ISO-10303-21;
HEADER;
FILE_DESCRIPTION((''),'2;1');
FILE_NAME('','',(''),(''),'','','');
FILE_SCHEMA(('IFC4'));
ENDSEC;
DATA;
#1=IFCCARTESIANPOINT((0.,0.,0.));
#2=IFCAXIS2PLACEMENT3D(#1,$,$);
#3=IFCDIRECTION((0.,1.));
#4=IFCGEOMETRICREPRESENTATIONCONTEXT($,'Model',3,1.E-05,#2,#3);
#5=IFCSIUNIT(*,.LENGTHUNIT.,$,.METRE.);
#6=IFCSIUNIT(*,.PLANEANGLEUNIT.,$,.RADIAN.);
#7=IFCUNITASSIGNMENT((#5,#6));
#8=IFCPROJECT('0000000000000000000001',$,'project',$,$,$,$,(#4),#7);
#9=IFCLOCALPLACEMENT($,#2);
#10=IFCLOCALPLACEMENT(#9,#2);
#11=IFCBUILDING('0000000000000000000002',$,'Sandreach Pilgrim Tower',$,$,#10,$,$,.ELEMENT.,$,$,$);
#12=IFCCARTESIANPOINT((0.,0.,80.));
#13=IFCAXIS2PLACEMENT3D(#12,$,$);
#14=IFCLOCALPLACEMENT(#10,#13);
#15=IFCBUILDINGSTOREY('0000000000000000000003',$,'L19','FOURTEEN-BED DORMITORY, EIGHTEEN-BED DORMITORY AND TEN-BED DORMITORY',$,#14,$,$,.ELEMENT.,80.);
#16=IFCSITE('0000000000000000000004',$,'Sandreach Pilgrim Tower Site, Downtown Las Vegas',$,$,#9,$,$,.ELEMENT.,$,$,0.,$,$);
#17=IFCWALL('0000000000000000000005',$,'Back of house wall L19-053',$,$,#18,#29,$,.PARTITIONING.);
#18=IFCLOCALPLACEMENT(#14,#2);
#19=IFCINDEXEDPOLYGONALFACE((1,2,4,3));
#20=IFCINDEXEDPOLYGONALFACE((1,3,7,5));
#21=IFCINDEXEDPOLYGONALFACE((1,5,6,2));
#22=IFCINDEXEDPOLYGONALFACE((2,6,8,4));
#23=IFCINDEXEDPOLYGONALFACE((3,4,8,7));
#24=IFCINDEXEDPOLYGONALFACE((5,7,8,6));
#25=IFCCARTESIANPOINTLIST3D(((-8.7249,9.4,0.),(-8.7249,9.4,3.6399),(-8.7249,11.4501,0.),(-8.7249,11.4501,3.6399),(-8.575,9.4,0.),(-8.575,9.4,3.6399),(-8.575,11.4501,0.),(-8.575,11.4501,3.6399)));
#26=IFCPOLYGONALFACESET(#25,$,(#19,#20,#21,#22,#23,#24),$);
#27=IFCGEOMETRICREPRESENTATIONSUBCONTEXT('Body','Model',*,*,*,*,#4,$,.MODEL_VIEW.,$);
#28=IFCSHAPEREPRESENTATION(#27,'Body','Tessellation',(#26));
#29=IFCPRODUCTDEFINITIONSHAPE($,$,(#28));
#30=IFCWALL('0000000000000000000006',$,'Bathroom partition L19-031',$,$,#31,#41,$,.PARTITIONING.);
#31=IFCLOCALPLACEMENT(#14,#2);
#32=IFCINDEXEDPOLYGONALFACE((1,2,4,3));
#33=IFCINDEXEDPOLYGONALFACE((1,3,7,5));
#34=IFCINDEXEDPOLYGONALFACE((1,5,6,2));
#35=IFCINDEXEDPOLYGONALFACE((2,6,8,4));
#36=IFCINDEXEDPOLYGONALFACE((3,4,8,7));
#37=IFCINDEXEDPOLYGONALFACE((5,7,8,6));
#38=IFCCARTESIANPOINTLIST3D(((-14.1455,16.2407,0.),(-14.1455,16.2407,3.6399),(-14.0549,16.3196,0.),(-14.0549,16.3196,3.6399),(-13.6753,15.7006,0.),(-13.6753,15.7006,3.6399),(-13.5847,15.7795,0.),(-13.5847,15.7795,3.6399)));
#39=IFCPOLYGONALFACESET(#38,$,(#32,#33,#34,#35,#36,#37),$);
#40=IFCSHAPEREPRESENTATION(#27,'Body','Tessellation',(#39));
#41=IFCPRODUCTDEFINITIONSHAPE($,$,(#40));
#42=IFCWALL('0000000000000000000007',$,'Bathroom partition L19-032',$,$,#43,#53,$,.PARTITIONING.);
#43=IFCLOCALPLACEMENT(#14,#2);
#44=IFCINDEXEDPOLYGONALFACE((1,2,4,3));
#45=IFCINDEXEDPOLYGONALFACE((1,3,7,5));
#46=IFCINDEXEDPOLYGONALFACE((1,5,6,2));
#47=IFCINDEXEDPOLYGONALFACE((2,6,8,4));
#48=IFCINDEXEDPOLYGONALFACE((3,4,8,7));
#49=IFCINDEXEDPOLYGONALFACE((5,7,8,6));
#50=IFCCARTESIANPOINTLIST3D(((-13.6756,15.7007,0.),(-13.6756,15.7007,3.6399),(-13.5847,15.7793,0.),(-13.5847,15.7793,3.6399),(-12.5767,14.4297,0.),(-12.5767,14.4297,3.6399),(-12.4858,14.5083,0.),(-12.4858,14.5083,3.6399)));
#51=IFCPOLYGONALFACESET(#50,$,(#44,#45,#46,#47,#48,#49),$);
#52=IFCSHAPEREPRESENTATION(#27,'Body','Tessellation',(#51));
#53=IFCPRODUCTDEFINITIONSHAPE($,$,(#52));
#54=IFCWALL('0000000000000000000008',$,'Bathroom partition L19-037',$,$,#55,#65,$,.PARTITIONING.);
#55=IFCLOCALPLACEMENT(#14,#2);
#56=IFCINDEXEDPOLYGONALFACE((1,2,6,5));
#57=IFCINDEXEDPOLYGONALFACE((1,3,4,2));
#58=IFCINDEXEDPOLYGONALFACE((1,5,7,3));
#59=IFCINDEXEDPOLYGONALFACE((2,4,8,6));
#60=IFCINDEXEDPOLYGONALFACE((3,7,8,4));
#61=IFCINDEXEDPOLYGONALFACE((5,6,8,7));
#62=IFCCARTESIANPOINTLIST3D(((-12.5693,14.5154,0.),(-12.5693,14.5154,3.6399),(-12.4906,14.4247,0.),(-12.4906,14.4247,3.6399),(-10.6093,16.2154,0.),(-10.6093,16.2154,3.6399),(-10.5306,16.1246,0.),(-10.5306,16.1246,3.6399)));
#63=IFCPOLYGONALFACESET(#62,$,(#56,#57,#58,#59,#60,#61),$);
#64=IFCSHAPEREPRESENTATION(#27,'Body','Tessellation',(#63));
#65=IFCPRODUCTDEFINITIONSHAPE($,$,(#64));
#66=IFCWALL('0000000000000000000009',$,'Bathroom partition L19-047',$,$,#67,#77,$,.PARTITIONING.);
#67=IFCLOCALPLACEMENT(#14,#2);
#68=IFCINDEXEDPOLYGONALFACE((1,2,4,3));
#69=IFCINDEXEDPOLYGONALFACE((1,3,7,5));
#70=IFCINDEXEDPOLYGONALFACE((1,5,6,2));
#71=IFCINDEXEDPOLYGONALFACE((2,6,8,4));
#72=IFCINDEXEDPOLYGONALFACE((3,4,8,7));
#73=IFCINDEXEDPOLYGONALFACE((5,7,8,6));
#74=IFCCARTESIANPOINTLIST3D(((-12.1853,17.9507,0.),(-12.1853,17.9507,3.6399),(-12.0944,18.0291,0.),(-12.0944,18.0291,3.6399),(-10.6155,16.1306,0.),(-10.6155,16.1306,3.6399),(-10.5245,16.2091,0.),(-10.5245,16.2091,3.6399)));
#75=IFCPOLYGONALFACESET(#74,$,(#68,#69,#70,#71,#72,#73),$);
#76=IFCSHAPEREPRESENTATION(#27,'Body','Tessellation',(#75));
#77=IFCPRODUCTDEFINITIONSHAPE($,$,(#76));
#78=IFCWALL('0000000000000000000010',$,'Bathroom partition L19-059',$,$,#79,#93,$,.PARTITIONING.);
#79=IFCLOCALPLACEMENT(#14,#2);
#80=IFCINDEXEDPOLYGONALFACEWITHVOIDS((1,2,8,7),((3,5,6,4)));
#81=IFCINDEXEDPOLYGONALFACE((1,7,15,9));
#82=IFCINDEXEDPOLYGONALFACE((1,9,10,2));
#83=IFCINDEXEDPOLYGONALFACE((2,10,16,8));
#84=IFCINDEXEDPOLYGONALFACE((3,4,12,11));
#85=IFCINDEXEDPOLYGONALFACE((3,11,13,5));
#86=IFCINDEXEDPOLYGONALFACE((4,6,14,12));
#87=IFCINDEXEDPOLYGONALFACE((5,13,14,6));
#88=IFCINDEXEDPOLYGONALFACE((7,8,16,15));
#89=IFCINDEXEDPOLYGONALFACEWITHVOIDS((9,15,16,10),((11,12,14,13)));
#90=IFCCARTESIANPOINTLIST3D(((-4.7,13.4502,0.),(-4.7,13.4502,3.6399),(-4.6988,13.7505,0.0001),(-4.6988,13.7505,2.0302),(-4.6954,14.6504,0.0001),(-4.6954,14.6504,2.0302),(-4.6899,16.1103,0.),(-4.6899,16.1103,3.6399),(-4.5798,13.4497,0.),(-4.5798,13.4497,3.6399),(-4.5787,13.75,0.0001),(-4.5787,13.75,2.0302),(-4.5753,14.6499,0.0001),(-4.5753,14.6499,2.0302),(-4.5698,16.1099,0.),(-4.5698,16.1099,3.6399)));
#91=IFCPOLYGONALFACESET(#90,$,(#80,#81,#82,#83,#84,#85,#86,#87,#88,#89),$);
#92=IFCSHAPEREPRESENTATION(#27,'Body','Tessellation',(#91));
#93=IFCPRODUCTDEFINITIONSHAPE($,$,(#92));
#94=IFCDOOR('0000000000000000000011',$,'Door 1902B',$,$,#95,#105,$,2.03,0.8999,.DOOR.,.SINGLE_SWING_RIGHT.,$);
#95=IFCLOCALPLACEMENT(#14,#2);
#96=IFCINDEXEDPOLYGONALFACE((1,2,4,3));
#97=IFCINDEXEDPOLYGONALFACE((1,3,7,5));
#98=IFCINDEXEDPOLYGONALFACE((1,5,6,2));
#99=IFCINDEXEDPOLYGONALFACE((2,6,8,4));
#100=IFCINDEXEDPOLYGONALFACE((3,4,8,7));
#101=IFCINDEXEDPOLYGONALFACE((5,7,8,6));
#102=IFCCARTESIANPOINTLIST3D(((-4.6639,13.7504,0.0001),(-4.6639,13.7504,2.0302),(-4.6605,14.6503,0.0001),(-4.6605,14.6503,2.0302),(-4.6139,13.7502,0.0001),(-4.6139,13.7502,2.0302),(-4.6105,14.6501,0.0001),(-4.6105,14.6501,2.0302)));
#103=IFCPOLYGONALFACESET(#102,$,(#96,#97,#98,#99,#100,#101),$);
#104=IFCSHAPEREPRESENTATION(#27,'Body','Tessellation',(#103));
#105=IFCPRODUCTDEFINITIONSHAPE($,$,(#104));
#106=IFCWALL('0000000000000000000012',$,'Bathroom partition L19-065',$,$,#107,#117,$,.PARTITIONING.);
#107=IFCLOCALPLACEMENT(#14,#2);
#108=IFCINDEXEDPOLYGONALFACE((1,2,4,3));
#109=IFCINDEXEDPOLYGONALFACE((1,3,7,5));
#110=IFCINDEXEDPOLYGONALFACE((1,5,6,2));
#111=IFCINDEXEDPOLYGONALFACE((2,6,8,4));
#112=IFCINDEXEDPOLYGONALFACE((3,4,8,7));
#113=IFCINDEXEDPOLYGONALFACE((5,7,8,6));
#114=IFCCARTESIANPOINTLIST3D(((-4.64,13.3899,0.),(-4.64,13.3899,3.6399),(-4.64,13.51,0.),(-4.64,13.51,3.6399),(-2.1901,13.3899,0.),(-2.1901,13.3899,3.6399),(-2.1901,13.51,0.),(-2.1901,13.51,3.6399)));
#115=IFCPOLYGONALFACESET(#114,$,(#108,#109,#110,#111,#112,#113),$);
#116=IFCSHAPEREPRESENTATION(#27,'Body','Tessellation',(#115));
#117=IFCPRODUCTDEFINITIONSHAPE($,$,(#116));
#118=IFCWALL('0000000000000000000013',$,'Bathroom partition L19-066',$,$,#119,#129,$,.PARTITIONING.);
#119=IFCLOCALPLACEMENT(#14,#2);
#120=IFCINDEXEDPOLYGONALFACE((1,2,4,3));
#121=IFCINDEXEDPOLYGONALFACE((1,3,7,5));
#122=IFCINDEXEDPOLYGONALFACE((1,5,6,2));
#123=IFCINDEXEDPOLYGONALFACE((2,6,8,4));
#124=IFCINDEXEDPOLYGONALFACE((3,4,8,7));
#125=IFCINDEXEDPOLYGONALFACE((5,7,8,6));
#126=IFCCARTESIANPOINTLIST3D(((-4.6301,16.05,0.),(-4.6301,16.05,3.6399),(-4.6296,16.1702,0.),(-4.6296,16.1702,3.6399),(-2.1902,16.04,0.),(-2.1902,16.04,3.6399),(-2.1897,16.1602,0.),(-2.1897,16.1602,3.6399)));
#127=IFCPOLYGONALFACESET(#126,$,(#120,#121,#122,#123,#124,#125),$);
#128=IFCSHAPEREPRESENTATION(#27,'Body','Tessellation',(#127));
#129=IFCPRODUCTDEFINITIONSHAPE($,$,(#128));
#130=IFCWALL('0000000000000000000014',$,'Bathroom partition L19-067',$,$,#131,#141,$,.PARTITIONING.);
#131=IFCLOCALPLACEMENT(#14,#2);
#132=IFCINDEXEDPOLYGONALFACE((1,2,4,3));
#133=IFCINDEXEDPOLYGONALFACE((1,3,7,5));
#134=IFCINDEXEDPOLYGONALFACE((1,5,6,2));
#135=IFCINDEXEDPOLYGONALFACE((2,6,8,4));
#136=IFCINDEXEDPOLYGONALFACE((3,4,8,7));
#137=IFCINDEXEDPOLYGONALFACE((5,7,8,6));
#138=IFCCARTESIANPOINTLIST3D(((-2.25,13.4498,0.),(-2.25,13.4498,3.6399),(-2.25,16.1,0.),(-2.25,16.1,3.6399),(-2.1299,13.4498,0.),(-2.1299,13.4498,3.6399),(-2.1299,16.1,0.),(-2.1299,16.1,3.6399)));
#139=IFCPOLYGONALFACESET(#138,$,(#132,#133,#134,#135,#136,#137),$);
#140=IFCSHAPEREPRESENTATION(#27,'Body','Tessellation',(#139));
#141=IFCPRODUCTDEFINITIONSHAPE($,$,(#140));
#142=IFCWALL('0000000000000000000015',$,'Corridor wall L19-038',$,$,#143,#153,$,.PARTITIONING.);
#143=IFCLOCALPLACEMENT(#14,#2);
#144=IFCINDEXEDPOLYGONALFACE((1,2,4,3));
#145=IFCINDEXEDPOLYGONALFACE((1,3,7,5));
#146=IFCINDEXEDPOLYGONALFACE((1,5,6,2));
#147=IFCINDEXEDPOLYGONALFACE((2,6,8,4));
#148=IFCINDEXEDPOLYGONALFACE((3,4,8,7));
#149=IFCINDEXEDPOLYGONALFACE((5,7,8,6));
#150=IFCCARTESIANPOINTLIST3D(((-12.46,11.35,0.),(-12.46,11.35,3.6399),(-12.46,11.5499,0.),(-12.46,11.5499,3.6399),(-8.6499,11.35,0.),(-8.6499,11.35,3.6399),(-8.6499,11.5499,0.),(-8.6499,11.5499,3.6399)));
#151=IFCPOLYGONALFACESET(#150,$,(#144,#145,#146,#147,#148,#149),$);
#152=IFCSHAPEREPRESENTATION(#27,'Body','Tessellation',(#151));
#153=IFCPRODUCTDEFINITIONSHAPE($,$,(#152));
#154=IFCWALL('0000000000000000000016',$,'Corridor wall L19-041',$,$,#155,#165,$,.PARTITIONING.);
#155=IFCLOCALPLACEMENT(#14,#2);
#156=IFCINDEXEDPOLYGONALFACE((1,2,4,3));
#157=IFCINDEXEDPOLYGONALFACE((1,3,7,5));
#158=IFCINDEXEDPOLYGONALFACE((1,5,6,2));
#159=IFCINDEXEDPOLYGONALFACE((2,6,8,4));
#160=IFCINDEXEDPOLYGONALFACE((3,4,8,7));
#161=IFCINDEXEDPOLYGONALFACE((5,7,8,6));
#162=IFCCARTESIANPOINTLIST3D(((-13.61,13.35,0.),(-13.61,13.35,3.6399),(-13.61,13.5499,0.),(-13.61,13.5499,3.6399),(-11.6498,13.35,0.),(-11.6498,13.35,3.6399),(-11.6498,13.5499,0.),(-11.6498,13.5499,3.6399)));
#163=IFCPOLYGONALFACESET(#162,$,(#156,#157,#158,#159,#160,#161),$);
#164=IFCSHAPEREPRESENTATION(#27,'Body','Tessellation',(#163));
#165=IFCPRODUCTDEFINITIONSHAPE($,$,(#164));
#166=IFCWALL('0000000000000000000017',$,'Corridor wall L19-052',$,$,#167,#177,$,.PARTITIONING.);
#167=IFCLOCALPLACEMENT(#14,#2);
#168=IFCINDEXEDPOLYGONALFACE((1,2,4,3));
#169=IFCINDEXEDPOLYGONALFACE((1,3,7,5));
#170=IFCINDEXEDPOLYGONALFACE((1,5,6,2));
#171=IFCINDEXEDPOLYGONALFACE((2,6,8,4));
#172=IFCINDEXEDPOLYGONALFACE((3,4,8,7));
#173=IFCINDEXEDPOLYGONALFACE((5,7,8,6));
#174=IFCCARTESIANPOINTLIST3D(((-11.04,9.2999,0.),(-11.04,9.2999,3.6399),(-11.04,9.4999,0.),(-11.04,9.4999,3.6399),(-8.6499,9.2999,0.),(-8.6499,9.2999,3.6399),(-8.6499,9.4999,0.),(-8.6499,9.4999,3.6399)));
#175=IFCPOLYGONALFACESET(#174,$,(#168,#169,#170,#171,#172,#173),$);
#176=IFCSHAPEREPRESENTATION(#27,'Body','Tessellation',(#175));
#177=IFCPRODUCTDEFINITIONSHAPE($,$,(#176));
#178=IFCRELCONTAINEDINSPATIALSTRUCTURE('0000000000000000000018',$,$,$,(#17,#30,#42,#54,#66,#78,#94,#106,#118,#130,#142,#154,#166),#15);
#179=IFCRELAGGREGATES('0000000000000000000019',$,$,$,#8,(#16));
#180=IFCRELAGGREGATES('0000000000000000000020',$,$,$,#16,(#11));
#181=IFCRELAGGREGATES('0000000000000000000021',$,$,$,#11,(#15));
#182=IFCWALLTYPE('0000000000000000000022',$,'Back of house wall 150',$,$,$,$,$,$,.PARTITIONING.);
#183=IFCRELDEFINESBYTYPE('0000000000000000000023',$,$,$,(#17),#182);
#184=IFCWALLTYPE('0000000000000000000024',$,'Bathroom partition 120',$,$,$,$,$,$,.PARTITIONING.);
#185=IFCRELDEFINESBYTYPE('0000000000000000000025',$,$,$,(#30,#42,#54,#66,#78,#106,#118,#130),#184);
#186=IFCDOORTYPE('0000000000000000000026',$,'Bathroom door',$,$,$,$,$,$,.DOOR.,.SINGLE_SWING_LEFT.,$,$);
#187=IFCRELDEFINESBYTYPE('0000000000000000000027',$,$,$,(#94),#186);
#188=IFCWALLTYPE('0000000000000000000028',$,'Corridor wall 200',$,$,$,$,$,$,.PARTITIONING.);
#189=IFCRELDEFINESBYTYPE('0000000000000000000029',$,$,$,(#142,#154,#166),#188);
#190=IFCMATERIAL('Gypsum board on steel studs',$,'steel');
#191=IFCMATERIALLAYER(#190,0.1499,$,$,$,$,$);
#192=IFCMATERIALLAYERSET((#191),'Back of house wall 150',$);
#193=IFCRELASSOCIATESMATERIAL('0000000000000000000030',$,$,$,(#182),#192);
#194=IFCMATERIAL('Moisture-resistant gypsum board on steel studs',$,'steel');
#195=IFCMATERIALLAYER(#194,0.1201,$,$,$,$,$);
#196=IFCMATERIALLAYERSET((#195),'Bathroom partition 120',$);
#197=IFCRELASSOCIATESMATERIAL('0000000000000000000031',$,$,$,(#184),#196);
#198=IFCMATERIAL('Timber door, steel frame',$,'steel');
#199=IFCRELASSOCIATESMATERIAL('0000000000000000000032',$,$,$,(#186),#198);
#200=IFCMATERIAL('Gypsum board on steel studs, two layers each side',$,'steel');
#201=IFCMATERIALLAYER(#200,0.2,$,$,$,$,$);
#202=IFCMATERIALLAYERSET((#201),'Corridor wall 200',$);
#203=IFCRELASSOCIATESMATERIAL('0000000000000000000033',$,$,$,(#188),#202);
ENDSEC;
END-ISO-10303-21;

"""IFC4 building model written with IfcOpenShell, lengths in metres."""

from ifc_helpers import new_model, si_unit, direction, frame, frame_2d, origin, place, context, subcontext, project, spatial, rectangle, extrude, material, layer, layer_set, type_object, element, fill, save


model = new_model("IFC4")

# Units and contexts
model_context = context("Model", 3, precision=1e-05, world=origin(), true_north=direction((0.0, 1.0)))
body_context = subcontext(model_context, "Body", "Model", "MODEL_VIEW")
ifc_project = project(units=[si_unit("LENGTHUNIT", "METRE"), si_unit("PLANEANGLEUNIT", "RADIAN")], contexts=[model_context])

# Site, building, storey
site_placement = place(None, origin())
site = spatial("IfcSite", under=ifc_project, at=site_placement, Name="Sandreach Pilgrim Tower Site, Downtown Las Vegas", CompositionType="ELEMENT", RefElevation=0.0)
building_placement = place(site_placement, origin())
building = spatial("IfcBuilding", under=site, at=building_placement, Name="Sandreach Pilgrim Tower", CompositionType="ELEMENT")
storey_placement = place(building_placement, frame((0.0, 0.0, 80.0)))
storey = spatial("IfcBuildingStorey", under=building, at=storey_placement, Name="L19", Description="FOURTEEN-BED DORMITORY, EIGHTEEN-BED DORMITORY AND TEN-BED DORMITORY", CompositionType="ELEMENT", Elevation=80.0)

# Walls
ifc_material_1 = material(Name="Gypsum board on steel studs", Category="steel")
ifc_layer_1 = layer(ifc_material_1, 0.1499)
ifc_layer_set_1 = layer_set([ifc_layer_1], Name="Back of house wall 150")
wall_type_1 = type_object("IfcWallType", Name="Back of house wall 150", PredefinedType="PARTITIONING", material=ifc_layer_set_1)
wall_1_placement = place(storey_placement, frame((-8.6499, 11.45, 0.0), z_axis=(0.0, 0.0, 1.0), x_axis=(0.0, -1.0, 0.0)))
element("IfcWall", 1, at=wall_1_placement, inside=storey, type_object=wall_type_1, Name="Back of house wall L19-053", PredefinedType="PARTITIONING", context=body_context, shape_type="SweptSolid", body=[
    extrude(rectangle(XDim=2.05, YDim=0.1499, at=frame_2d((1.0249, 0.0))), origin(), (0.0, 0.0, 1.0), 3.6399),
])
ifc_material_2 = material(Name="Moisture-resistant gypsum board on steel studs", Category="steel")
ifc_layer_2 = layer(ifc_material_2, 0.1201)
ifc_layer_set_2 = layer_set([ifc_layer_2], Name="Bathroom partition 120")
wall_type_2 = type_object("IfcWallType", Name="Bathroom partition 120", PredefinedType="PARTITIONING", material=ifc_layer_set_2)
wall_2_placement = place(storey_placement, frame((-14.1001, 16.28, 0.0), z_axis=(0.0, 0.0, 1.0), x_axis=(0.656668, -0.75418, 0.0)))
element("IfcWall", 2, at=wall_2_placement, inside=storey, type_object=wall_type_2, Name="Bathroom partition L19-031", PredefinedType="PARTITIONING", context=body_context, shape_type="SweptSolid", body=[
    extrude(rectangle(XDim=0.7161, YDim=0.1201, at=frame_2d((0.3579, 0.0))), origin(), (0.0, 0.0, 1.0), 3.6399),
])
wall_3_placement = place(storey_placement, frame((-13.6301, 15.74, 0.0), z_axis=(0.0, 0.0, 1.0), x_axis=(0.654028, -0.75647, 0.0)))
element("IfcWall", 3, at=wall_3_placement, inside=storey, type_object=wall_type_2, Name="Bathroom partition L19-032", PredefinedType="PARTITIONING", context=body_context, shape_type="SweptSolid", body=[
    extrude(rectangle(XDim=1.6802, YDim=0.1201, at=frame_2d((0.8401, 0.0))), origin(), (0.0, 0.0, 1.0), 3.6399),
])
wall_4_placement = place(storey_placement, frame((-12.53, 14.47, 0.0), z_axis=(0.0, 0.0, 1.0), x_axis=(0.755438, 0.655221, 0.0)))
element("IfcWall", 4, at=wall_4_placement, inside=storey, type_object=wall_type_2, Name="Bathroom partition L19-037", PredefinedType="PARTITIONING", context=body_context, shape_type="SweptSolid", body=[
    extrude(rectangle(XDim=2.5945, YDim=0.1201, at=frame_2d((1.2974, 0.0))), origin(), (0.0, 0.0, 1.0), 3.6399),
])
wall_5_placement = place(storey_placement, frame((-10.5701, 16.1699, 0.0), z_axis=(0.0, 0.0, 1.0), x_axis=(-0.65313, 0.757245, 0.0)))
element("IfcWall", 5, at=wall_5_placement, inside=storey, type_object=wall_type_2, Name="Bathroom partition L19-047", PredefinedType="PARTITIONING", context=body_context, shape_type="SweptSolid", body=[
    extrude(rectangle(XDim=2.4036, YDim=0.1201, at=frame_2d((1.2017, 0.0))), origin(), (0.0, 0.0, 1.0), 3.6399),
])

# Wall, opening, door
wall_6_placement = place(storey_placement, frame((-4.6299, 16.1101, 0.0), z_axis=(0.0, 0.0, 1.0), x_axis=(-0.003763, -0.999993, 0.0)))
wall_6 = element("IfcWall", 6, at=wall_6_placement, inside=storey, type_object=wall_type_2, Name="Bathroom partition L19-059", PredefinedType="PARTITIONING", context=body_context, shape_type="SweptSolid", body=[
    extrude(rectangle(XDim=2.6602, YDim=0.1201, at=frame_2d((1.3301, 0.0))), origin(), (0.0, 0.0, 1.0), 3.6399),
])
opening_1_placement = place(wall_6_placement, frame((1.46, 0.0, 0.0)))
opening_1 = element("IfcOpeningElement", 7, at=opening_1_placement, cuts=wall_6, PredefinedType="OPENING", context=body_context, shape_type="SweptSolid", body=[
    extrude(rectangle(XDim=0.8999, YDim=2.03, at=frame_2d((0.45, 1.0151))), frame((0.0, 0.0601, 0.0), z_axis=(0.0, -1.0, 0.0), x_axis=(1.0, 0.0, 0.0)), (0.0, 0.0, 1.0), 0.1201),
])
ifc_material_3 = material(Name="Timber door, steel frame", Category="steel")
door_type_1 = type_object("IfcDoorType", Name="Bathroom door", OperationType="SINGLE_SWING_LEFT", PredefinedType="DOOR", material=ifc_material_3)
door_1_placement = place(opening_1_placement, origin())
door_1 = element("IfcDoor", 8, at=door_1_placement, inside=storey, type_object=door_type_1, Name="Door 1902B", OperationType="SINGLE_SWING_RIGHT", OverallHeight=2.03, OverallWidth=0.8999, PredefinedType="DOOR", context=body_context, shape_type="SweptSolid", body=[
    extrude(rectangle(XDim=0.8999, YDim=2.03, at=frame_2d((0.45, 1.0151))), frame((0.0, 0.0249, 0.0), z_axis=(0.0, -1.0, 0.0), x_axis=(1.0, 0.0, 0.0)), (0.0, 0.0, 1.0), 0.05),
])
fill(opening_1, door_1)

# Walls
wall_7_placement = place(storey_placement, frame((-2.1899, 13.45, 0.0), z_axis=(0.0, 0.0, 1.0), x_axis=(-1.0, 0.0, 0.0)))
element("IfcWall", 9, at=wall_7_placement, inside=storey, type_object=wall_type_2, Name="Bathroom partition L19-065", PredefinedType="PARTITIONING", context=body_context, shape_type="SweptSolid", body=[
    extrude(rectangle(XDim=2.45, YDim=0.1201, at=frame_2d((1.2251, 0.0))), origin(), (0.0, 0.0, 1.0), 3.6399),
])
wall_8_placement = place(storey_placement, frame((-2.1899, 16.1001, 0.0), z_axis=(0.0, 0.0, 1.0), x_axis=(-0.999992, 0.004102, 0.0)))
element("IfcWall", 10, at=wall_8_placement, inside=storey, type_object=wall_type_2, Name="Bathroom partition L19-066", PredefinedType="PARTITIONING", context=body_context, shape_type="SweptSolid", body=[
    extrude(rectangle(XDim=2.4399, YDim=0.1201, at=frame_2d((1.22, 0.0))), origin(), (0.0, 0.0, 1.0), 3.6399),
])
wall_9_placement = place(storey_placement, frame((-2.1899, 16.1001, 0.0), z_axis=(0.0, 0.0, 1.0), x_axis=(0.0, -1.0, 0.0)))
element("IfcWall", 11, at=wall_9_placement, inside=storey, type_object=wall_type_2, Name="Bathroom partition L19-067", PredefinedType="PARTITIONING", context=body_context, shape_type="SweptSolid", body=[
    extrude(rectangle(XDim=2.6501, YDim=0.1201, at=frame_2d((1.3252, 0.0))), origin(), (0.0, 0.0, 1.0), 3.6399),
])
ifc_material_4 = material(Name="Gypsum board on steel studs, two layers each side", Category="steel")
ifc_layer_3 = layer(ifc_material_4, 0.2)
ifc_layer_set_3 = layer_set([ifc_layer_3], Name="Corridor wall 200")
wall_type_3 = type_object("IfcWallType", Name="Corridor wall 200", PredefinedType="PARTITIONING", material=ifc_layer_set_3)
wall_10_placement = place(storey_placement, frame((-12.46, 11.45, 0.0), z_axis=(0.0, 0.0, 1.0), x_axis=(1.0, 0.0, 0.0)))
element("IfcWall", 12, at=wall_10_placement, inside=storey, type_object=wall_type_3, Name="Corridor wall L19-038", PredefinedType="PARTITIONING", context=body_context, shape_type="SweptSolid", body=[
    extrude(rectangle(XDim=3.8101, YDim=0.2, at=frame_2d((1.905, 0.0))), origin(), (0.0, 0.0, 1.0), 3.6399),
])
wall_11_placement = place(storey_placement, frame((-11.6499, 13.45, 0.0), z_axis=(0.0, 0.0, 1.0), x_axis=(-1.0, 0.0, 0.0)))
element("IfcWall", 13, at=wall_11_placement, inside=storey, type_object=wall_type_3, Name="Corridor wall L19-041", PredefinedType="PARTITIONING", context=body_context, shape_type="SweptSolid", body=[
    extrude(rectangle(XDim=1.9602, YDim=0.2, at=frame_2d((0.98, 0.0))), origin(), (0.0, 0.0, 1.0), 3.6399),
])

# Wall
wall_12_placement = place(storey_placement, frame((-8.6499, 9.3999, 0.0), z_axis=(0.0, 0.0, 1.0), x_axis=(-1.0, 0.0, 0.0)))
element("IfcWall", 14, at=wall_12_placement, inside=storey, type_object=wall_type_3, Name="Corridor wall L19-052", PredefinedType="PARTITIONING", context=body_context, shape_type="SweptSolid", body=[
    extrude(rectangle(XDim=2.3901, YDim=0.2, at=frame_2d((1.1951, 0.0))), origin(), (0.0, 0.0, 1.0), 3.6399),
])

save(model, "model.ifc")
